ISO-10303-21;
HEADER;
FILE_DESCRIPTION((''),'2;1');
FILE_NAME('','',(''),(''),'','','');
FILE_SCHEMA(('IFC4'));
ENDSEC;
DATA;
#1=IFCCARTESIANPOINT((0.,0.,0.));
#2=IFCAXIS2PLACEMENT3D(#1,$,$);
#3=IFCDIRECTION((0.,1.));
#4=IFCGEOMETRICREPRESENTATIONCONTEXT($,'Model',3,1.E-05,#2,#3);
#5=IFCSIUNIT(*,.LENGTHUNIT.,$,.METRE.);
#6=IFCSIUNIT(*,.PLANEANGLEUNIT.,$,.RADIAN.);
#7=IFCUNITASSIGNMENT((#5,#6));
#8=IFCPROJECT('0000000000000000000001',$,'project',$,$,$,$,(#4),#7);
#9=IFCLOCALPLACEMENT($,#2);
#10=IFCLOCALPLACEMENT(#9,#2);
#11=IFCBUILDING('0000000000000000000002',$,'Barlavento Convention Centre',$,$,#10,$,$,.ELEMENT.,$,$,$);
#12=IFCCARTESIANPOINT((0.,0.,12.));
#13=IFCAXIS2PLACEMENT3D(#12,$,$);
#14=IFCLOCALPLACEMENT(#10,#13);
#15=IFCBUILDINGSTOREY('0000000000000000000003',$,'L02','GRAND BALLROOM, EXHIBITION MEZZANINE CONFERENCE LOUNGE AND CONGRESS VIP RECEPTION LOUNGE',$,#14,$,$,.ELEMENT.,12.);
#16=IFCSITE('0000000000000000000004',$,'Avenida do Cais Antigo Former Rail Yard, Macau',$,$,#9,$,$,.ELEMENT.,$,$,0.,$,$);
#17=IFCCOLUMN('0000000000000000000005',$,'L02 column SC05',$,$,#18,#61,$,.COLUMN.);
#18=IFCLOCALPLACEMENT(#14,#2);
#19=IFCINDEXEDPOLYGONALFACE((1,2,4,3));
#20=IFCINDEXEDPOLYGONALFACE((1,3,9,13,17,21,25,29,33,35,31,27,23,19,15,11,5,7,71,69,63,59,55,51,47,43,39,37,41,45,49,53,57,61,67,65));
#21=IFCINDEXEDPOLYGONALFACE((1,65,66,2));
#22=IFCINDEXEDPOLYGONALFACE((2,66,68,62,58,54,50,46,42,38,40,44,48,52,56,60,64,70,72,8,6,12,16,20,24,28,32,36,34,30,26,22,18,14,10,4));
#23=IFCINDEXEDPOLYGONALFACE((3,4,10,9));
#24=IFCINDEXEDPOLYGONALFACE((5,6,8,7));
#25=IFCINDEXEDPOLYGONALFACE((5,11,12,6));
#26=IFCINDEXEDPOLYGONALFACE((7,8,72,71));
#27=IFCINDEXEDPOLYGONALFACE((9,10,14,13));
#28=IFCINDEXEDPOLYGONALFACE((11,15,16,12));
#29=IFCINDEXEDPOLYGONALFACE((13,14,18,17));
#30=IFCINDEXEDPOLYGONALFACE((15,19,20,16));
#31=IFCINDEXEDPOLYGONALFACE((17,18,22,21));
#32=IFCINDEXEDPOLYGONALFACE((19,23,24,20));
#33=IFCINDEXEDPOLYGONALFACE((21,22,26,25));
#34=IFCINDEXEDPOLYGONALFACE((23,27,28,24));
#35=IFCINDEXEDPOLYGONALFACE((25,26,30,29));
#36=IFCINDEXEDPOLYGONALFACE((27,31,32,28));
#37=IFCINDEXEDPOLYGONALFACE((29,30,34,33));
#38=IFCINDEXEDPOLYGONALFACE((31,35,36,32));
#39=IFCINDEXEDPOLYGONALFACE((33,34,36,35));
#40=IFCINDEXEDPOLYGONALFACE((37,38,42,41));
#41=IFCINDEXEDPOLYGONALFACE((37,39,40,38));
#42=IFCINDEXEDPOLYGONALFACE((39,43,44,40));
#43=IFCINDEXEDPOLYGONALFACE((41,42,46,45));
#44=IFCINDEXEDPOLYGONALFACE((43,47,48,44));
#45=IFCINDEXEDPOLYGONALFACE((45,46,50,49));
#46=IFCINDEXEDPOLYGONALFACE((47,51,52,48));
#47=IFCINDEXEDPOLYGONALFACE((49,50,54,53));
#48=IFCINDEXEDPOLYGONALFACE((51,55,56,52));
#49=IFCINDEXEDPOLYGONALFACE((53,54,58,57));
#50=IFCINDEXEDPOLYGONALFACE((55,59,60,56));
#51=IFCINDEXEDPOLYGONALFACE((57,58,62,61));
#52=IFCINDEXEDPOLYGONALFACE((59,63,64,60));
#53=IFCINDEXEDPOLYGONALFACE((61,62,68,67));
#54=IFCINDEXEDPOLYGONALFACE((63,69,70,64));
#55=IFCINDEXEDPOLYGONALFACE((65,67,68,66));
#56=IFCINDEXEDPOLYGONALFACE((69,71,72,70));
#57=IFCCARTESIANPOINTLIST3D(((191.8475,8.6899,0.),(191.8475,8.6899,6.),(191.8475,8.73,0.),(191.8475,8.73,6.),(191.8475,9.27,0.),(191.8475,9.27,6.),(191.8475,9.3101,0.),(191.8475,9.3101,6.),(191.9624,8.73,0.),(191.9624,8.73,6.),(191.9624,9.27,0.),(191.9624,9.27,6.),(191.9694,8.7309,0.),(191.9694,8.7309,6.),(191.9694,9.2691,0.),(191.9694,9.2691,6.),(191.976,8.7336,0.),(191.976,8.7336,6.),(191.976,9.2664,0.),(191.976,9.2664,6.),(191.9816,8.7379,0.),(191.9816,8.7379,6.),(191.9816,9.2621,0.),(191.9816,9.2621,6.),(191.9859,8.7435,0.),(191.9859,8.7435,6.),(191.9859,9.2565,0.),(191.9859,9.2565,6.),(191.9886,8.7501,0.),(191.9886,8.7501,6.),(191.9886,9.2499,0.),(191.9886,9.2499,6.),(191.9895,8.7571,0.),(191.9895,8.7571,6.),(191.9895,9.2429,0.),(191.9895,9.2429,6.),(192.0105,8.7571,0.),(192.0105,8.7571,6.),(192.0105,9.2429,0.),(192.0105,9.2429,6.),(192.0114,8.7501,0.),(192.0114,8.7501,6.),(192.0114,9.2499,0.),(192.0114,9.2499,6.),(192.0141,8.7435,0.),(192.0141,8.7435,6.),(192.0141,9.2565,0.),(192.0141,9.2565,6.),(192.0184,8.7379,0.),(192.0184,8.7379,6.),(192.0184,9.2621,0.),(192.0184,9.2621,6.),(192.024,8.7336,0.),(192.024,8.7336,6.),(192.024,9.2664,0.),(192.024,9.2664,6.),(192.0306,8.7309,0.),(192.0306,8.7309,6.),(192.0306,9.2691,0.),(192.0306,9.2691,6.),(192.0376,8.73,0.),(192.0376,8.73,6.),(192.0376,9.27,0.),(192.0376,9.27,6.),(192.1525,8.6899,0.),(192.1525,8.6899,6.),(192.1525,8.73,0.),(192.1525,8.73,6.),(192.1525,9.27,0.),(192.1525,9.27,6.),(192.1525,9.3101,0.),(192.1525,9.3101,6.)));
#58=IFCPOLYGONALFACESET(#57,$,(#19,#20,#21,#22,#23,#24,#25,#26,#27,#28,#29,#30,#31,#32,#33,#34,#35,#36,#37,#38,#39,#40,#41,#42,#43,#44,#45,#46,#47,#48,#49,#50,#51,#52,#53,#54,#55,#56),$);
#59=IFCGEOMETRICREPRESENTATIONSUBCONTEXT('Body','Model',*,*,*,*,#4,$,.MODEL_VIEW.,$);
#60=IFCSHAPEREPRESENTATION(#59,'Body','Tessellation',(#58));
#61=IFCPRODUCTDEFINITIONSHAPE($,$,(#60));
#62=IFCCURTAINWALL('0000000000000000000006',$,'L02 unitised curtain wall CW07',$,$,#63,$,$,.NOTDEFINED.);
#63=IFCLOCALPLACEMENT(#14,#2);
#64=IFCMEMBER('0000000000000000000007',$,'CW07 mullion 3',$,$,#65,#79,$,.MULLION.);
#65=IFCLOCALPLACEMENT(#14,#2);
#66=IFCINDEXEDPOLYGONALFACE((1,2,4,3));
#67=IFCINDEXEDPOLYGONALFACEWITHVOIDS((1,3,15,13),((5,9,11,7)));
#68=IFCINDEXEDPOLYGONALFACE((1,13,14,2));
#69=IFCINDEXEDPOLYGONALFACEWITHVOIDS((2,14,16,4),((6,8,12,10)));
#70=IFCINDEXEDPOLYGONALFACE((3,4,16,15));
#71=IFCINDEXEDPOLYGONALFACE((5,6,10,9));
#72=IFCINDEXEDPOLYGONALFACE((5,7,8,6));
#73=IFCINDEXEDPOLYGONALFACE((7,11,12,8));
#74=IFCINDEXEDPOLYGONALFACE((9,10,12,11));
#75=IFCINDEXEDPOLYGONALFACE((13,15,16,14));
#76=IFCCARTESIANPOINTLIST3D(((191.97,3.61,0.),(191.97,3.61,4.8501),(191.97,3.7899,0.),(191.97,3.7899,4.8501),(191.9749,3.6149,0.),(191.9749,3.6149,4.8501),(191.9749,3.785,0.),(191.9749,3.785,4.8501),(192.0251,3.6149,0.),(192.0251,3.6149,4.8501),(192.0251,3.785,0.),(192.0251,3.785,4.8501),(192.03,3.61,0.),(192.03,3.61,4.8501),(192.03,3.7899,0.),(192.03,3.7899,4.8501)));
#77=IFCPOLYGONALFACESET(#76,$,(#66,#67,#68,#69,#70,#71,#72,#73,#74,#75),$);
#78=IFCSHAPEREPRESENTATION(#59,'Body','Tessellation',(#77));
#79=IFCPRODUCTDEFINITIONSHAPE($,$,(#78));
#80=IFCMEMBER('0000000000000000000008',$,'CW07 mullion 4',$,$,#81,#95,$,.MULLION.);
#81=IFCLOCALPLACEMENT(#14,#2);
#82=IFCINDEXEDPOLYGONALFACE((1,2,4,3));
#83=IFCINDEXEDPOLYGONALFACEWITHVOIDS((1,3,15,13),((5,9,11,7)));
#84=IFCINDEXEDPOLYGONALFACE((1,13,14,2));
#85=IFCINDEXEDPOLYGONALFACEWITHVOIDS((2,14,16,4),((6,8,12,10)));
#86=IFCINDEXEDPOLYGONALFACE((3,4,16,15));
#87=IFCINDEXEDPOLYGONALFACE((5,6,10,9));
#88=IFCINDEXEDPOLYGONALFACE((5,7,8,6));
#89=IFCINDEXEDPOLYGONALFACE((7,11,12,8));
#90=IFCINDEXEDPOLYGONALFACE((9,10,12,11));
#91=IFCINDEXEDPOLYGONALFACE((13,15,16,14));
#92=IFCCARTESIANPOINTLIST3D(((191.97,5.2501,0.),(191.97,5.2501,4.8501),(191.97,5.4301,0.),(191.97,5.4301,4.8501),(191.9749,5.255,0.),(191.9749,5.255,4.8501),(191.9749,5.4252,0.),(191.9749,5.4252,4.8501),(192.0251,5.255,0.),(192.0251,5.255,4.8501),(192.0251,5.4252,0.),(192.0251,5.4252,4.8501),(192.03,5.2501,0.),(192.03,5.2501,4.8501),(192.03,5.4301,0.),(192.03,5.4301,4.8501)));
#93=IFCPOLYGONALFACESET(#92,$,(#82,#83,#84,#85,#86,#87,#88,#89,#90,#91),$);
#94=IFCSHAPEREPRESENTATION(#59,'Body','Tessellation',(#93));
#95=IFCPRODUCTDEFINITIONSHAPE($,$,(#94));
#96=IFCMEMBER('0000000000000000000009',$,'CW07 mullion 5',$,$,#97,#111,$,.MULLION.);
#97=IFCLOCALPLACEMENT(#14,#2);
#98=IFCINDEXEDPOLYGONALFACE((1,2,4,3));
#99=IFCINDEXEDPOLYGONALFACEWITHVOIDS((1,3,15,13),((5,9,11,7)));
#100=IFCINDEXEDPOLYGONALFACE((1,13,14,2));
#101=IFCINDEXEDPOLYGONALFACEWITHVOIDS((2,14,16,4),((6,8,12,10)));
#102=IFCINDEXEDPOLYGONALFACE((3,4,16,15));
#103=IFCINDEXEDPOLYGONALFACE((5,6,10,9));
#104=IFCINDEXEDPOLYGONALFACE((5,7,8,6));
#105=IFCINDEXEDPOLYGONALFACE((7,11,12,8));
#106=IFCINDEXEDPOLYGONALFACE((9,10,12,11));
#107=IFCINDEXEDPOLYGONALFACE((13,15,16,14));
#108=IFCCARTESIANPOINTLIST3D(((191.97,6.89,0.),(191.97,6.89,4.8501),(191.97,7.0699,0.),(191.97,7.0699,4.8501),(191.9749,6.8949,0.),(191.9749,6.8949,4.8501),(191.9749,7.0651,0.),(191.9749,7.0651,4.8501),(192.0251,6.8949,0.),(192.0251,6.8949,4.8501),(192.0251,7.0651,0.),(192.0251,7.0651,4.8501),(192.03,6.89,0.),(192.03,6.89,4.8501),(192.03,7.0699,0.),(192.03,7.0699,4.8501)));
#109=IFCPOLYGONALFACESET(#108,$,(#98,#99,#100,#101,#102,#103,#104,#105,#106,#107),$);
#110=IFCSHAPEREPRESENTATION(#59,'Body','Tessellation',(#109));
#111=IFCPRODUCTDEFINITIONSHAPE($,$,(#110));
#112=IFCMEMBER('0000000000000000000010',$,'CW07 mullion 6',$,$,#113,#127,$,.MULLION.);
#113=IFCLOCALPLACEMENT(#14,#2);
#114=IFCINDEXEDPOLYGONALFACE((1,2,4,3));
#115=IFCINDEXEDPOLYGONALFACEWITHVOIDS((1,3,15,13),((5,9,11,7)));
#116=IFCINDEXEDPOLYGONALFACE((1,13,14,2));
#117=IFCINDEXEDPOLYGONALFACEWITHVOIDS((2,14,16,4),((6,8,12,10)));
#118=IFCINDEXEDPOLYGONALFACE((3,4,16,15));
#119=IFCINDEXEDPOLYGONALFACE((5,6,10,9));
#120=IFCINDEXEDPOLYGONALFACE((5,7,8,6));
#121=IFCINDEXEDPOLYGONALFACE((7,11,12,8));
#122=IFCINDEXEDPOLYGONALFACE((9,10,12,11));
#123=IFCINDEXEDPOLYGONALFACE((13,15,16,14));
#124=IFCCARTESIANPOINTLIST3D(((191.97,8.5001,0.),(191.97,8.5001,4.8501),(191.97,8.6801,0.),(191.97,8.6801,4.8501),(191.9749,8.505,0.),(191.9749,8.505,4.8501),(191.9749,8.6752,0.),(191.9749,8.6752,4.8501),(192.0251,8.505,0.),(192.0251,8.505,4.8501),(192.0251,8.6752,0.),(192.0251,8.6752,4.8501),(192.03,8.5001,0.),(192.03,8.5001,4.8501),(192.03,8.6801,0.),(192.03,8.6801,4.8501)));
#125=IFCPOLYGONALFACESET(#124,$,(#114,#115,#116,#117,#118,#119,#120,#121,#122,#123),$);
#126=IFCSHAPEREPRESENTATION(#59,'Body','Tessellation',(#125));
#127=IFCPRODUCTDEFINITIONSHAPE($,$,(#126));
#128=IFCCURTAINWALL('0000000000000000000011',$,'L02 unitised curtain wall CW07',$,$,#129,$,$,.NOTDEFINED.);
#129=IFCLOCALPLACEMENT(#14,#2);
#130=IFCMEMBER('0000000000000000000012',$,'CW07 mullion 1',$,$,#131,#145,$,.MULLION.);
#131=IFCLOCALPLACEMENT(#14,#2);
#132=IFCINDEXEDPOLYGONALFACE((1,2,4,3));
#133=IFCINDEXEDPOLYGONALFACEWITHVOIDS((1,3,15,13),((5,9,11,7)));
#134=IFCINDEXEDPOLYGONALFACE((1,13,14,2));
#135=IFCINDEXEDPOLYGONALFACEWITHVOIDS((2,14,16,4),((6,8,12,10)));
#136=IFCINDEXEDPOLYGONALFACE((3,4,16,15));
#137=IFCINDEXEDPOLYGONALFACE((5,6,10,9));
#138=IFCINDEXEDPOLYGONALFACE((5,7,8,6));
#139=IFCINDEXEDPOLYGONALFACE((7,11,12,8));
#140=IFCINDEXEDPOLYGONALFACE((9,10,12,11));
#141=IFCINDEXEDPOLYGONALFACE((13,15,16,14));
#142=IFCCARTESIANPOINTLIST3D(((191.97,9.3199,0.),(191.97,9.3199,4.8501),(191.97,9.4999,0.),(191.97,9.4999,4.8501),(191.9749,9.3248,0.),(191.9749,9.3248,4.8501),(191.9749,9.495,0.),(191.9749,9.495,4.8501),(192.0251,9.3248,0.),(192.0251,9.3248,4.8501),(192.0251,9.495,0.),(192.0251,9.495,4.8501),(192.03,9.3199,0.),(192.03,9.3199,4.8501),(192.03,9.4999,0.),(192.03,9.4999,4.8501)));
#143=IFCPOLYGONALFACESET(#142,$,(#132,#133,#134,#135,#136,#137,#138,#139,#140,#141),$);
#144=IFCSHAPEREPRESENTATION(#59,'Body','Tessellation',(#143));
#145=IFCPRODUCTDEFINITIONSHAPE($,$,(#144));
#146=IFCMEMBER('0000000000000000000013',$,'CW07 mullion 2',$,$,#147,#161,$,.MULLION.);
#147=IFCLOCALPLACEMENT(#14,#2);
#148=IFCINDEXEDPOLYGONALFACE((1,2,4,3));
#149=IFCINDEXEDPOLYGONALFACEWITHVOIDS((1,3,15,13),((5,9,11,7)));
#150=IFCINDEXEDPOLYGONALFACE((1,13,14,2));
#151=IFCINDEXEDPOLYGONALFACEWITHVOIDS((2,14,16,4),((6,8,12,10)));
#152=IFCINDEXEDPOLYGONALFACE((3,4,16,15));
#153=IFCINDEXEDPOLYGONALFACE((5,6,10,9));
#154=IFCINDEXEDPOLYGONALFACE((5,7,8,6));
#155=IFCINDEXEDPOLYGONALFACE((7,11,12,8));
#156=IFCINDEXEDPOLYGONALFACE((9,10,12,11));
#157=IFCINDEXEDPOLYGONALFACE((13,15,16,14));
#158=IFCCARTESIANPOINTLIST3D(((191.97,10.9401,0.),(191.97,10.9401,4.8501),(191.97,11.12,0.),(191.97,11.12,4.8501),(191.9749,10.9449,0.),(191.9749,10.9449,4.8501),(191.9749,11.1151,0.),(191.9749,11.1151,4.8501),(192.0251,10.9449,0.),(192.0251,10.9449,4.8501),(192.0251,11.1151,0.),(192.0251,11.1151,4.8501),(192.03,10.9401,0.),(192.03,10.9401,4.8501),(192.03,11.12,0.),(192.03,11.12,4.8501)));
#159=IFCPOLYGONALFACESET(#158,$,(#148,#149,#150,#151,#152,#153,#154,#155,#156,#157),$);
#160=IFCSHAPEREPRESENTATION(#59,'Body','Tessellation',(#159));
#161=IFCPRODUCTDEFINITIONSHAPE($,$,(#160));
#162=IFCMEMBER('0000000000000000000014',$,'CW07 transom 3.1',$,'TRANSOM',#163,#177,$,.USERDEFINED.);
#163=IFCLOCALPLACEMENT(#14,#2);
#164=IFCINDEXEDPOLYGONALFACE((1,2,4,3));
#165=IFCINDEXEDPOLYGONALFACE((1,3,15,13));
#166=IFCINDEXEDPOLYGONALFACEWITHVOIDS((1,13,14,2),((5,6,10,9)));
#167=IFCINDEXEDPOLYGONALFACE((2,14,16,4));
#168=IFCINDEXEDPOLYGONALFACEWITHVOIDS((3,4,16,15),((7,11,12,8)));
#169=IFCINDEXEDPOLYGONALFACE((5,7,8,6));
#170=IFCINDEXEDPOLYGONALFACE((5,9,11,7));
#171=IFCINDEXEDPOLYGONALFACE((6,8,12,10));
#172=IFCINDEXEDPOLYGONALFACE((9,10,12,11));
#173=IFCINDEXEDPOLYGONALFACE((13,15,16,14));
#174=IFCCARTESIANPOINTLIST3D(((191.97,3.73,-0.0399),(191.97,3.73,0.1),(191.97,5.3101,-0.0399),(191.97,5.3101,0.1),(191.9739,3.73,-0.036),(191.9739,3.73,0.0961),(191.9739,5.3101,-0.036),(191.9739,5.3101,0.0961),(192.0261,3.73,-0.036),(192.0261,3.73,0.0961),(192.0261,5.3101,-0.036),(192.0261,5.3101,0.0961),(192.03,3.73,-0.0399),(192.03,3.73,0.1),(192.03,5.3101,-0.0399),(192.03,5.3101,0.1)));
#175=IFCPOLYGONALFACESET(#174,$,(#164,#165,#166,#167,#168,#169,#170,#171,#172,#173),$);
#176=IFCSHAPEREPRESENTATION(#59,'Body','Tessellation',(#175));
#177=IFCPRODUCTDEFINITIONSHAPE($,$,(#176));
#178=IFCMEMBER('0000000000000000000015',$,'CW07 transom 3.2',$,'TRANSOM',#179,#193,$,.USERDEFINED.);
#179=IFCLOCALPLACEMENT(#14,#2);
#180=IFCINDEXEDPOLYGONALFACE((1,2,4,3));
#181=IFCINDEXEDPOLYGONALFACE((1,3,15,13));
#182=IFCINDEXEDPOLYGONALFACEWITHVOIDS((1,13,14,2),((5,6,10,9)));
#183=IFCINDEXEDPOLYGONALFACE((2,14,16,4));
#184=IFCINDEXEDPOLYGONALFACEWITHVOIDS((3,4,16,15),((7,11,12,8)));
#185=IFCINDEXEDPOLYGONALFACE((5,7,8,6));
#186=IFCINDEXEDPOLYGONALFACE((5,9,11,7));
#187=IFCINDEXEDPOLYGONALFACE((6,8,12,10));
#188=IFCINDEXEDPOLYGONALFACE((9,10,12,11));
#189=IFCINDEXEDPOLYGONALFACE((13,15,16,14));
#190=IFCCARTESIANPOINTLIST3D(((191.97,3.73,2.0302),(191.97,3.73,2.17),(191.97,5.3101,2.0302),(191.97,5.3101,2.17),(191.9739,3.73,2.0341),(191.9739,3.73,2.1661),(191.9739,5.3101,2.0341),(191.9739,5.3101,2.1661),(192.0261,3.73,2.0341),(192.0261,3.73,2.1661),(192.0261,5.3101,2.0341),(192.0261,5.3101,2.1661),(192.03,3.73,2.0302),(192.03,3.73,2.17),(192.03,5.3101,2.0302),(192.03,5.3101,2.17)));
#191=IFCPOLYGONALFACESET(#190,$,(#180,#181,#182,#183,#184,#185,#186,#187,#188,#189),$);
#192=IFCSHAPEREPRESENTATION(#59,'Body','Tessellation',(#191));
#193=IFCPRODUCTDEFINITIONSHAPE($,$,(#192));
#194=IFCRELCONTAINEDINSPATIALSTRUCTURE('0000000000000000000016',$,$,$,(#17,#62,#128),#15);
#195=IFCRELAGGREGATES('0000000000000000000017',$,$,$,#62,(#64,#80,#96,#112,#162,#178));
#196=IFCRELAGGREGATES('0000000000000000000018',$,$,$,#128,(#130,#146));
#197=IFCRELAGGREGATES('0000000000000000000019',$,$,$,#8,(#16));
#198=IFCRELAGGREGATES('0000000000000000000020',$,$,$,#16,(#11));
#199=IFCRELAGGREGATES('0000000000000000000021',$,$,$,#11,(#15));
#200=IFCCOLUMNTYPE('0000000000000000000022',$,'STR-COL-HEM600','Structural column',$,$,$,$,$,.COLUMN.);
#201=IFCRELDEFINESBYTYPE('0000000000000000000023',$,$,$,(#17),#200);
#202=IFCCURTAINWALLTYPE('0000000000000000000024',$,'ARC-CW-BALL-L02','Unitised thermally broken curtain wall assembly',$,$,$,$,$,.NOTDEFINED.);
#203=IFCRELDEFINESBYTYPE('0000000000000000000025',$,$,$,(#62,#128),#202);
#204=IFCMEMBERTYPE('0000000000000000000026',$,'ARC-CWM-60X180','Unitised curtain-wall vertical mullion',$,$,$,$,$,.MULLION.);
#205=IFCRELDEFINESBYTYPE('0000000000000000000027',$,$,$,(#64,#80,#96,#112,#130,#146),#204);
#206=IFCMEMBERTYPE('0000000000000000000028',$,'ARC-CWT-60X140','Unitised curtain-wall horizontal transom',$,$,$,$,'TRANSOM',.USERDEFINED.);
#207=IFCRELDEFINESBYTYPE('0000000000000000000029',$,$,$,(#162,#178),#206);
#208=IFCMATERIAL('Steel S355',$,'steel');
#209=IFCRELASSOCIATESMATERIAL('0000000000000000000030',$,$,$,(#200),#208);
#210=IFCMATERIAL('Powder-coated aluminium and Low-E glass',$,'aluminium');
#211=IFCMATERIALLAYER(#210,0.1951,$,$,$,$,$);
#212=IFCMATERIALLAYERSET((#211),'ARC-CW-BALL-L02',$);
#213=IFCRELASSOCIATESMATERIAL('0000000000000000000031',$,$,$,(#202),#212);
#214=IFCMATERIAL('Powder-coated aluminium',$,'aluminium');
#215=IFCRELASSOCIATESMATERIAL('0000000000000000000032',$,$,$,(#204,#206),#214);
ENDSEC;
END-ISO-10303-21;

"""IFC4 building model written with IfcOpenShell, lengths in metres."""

from ifc_helpers import new_model, si_unit, direction, frame, origin, origin_2d, place, context, subcontext, project, spatial, hollow_rectangle, i_section, extrude, material, layer, layer_set, material_profile, profile_set, type_object, element, aggregate, save


model = new_model("IFC4")

# Units and contexts
model_context = context("Model", 3, precision=1e-05, world=origin(), true_north=direction((0.0, 1.0)))
body_context = subcontext(model_context, "Body", "Model", "MODEL_VIEW")
ifc_project = project(units=[si_unit("LENGTHUNIT", "METRE"), si_unit("PLANEANGLEUNIT", "RADIAN")], contexts=[model_context])

# Site, building, storey
site_placement = place(None, origin())
site = spatial("IfcSite", under=ifc_project, at=site_placement, Name="Avenida do Cais Antigo Former Rail Yard, Macau", CompositionType="ELEMENT", RefElevation=0.0)
building_placement = place(site_placement, origin())
building = spatial("IfcBuilding", under=site, at=building_placement, Name="Barlavento Convention Centre", CompositionType="ELEMENT")
storey_placement = place(building_placement, frame((0.0, 0.0, 12.0)))
storey = spatial("IfcBuildingStorey", under=building, at=storey_placement, Name="L02", Description="GRAND BALLROOM, EXHIBITION MEZZANINE CONFERENCE LOUNGE AND CONGRESS VIP RECEPTION LOUNGE", CompositionType="ELEMENT", Elevation=12.0)

# Column
ifc_material_1 = material(Name="Steel S355", Category="steel")
ifc_material_profile_1 = material_profile(ifc_material_1, i_section(OverallWidth=0.3049, OverallDepth=0.6201, WebThickness=0.021, FlangeThickness=0.04, FilletRadius=0.0271, at=origin_2d()), Name="HEM 600")
ifc_profile_set_1 = profile_set([ifc_material_profile_1], Name="Steel S355")
column_type = type_object("IfcColumnType", Name="STR-COL-HEM600", Description="Structural column", PredefinedType="COLUMN", material=ifc_profile_set_1)
column_placement = place(storey_placement, frame((192.0, 9.0, 0.0), z_axis=(0.0, 0.0, 1.0), x_axis=(1.0, 0.0, 0.0)))
element("IfcColumn", 1, at=column_placement, inside=storey, type_object=column_type, Name="L02 column SC05", PredefinedType="COLUMN", context=body_context, shape_type="SweptSolid", body=[
    extrude(i_section(OverallWidth=0.3049, OverallDepth=0.6201, WebThickness=0.021, FlangeThickness=0.04, FilletRadius=0.0271, at=origin_2d()), origin(), (0.0, 0.0, 1.0), 6.0),
])

# Curtain walls, members
ifc_material_2 = material(Name="Powder-coated aluminium and Low-E glass", Category="aluminium")
ifc_layer_1 = layer(ifc_material_2, 0.1951)
ifc_layer_set_1 = layer_set([ifc_layer_1], Name="ARC-CW-BALL-L02")
curtain_wall_type = type_object("IfcCurtainWallType", Name="ARC-CW-BALL-L02", Description="Unitised thermally broken curtain wall assembly", PredefinedType="NOTDEFINED", material=ifc_layer_set_1)
curtain_wall_1_placement = place(storey_placement, origin())
curtain_wall_1 = element("IfcCurtainWall", 2, at=curtain_wall_1_placement, inside=storey, type_object=curtain_wall_type, Name="L02 unitised curtain wall CW07", PredefinedType="NOTDEFINED")
ifc_material_3 = material(Name="Powder-coated aluminium", Category="aluminium")
ifc_material_profile_2 = material_profile(ifc_material_3, hollow_rectangle(XDim=0.0601, YDim=0.1799, WallThickness=0.0049, at=origin_2d()), Name="AL-MULL 60x180x5")
ifc_profile_set_2 = profile_set([ifc_material_profile_2], Name="Powder-coated aluminium")
member_type_1 = type_object("IfcMemberType", Name="ARC-CWM-60X180", Description="Unitised curtain-wall vertical mullion", PredefinedType="MULLION", material=ifc_profile_set_2)
member_1_placement = place(storey_placement, frame((192.0, 3.7, 0.0), z_axis=(0.0, 0.0, 1.0), x_axis=(-1.0, 0.0, 0.0)))
member_1 = element("IfcMember", 3, at=member_1_placement, type_object=member_type_1, Name="CW07 mullion 3", PredefinedType="MULLION", context=body_context, shape_type="SweptSolid", body=[
    extrude(hollow_rectangle(XDim=0.0601, YDim=0.1799, WallThickness=0.0049, at=origin_2d()), origin(), (0.0, 0.0, 1.0), 4.8501),
])
member_2_placement = place(storey_placement, frame((192.0, 5.3401, 0.0), z_axis=(0.0, 0.0, 1.0), x_axis=(-1.0, 0.0, 0.0)))
member_2 = element("IfcMember", 4, at=member_2_placement, type_object=member_type_1, Name="CW07 mullion 4", PredefinedType="MULLION", context=body_context, shape_type="SweptSolid", body=[
    extrude(hollow_rectangle(XDim=0.0601, YDim=0.1799, WallThickness=0.0049, at=origin_2d()), origin(), (0.0, 0.0, 1.0), 4.8501),
])
member_3_placement = place(storey_placement, frame((192.0, 6.98, 0.0), z_axis=(0.0, 0.0, 1.0), x_axis=(-1.0, 0.0, 0.0)))
member_3 = element("IfcMember", 5, at=member_3_placement, type_object=member_type_1, Name="CW07 mullion 5", PredefinedType="MULLION", context=body_context, shape_type="SweptSolid", body=[
    extrude(hollow_rectangle(XDim=0.0601, YDim=0.1799, WallThickness=0.0049, at=origin_2d()), origin(), (0.0, 0.0, 1.0), 4.8501),
])
member_4_placement = place(storey_placement, frame((192.0, 8.5901, 0.0), z_axis=(0.0, 0.0, 1.0), x_axis=(-1.0, 0.0, 0.0)))
member_4 = element("IfcMember", 6, at=member_4_placement, type_object=member_type_1, Name="CW07 mullion 6", PredefinedType="MULLION", context=body_context, shape_type="SweptSolid", body=[
    extrude(hollow_rectangle(XDim=0.0601, YDim=0.1799, WallThickness=0.0049, at=origin_2d()), origin(), (0.0, 0.0, 1.0), 4.8501),
])
curtain_wall_2_placement = place(storey_placement, origin())
curtain_wall_2 = element("IfcCurtainWall", 7, at=curtain_wall_2_placement, inside=storey, type_object=curtain_wall_type, Name="L02 unitised curtain wall CW07", PredefinedType="NOTDEFINED")
member_5_placement = place(storey_placement, frame((192.0, 9.4099, 0.0), z_axis=(0.0, 0.0, 1.0), x_axis=(-1.0, 0.0, 0.0)))
member_5 = element("IfcMember", 8, at=member_5_placement, type_object=member_type_1, Name="CW07 mullion 1", PredefinedType="MULLION", context=body_context, shape_type="SweptSolid", body=[
    extrude(hollow_rectangle(XDim=0.0601, YDim=0.1799, WallThickness=0.0049, at=origin_2d()), origin(), (0.0, 0.0, 1.0), 4.8501),
])
member_6_placement = place(storey_placement, frame((192.0, 11.03, 0.0), z_axis=(0.0, 0.0, 1.0), x_axis=(-1.0, 0.0, 0.0)))
member_6 = element("IfcMember", 9, at=member_6_placement, type_object=member_type_1, Name="CW07 mullion 2", PredefinedType="MULLION", context=body_context, shape_type="SweptSolid", body=[
    extrude(hollow_rectangle(XDim=0.0601, YDim=0.1799, WallThickness=0.0049, at=origin_2d()), origin(), (0.0, 0.0, 1.0), 4.8501),
])

# Members
ifc_material_profile_3 = material_profile(ifc_material_3, hollow_rectangle(XDim=0.0601, YDim=0.1399, WallThickness=0.0039, at=origin_2d()), Name="AL-TRAN 60x140x4")
ifc_profile_set_3 = profile_set([ifc_material_profile_3], Name="Powder-coated aluminium")
member_type_2 = type_object("IfcMemberType", Name="ARC-CWT-60X140", Description="Unitised curtain-wall horizontal transom", ElementType="TRANSOM", PredefinedType="USERDEFINED", material=ifc_profile_set_3)
member_7_placement = place(storey_placement, frame((192.0, 3.73, 0.03), z_axis=(0.0, 1.0, 0.0), x_axis=(-1.0, 0.0, 0.0)))
member_7 = element("IfcMember", 10, at=member_7_placement, type_object=member_type_2, Name="CW07 transom 3.1", ObjectType="TRANSOM", PredefinedType="USERDEFINED", context=body_context, shape_type="SweptSolid", body=[
    extrude(hollow_rectangle(XDim=0.0601, YDim=0.1399, WallThickness=0.0039, at=origin_2d()), origin(), (0.0, 0.0, 1.0), 1.5801),
])
member_8_placement = place(storey_placement, frame((192.0, 3.73, 2.1001), z_axis=(0.0, 1.0, 0.0), x_axis=(-1.0, 0.0, 0.0)))
member_8 = element("IfcMember", 11, at=member_8_placement, type_object=member_type_2, Name="CW07 transom 3.2", ObjectType="TRANSOM", PredefinedType="USERDEFINED", context=body_context, shape_type="SweptSolid", body=[
    extrude(hollow_rectangle(XDim=0.0601, YDim=0.1399, WallThickness=0.0039, at=origin_2d()), origin(), (0.0, 0.0, 1.0), 1.5801),
])

aggregate(curtain_wall_1, [member_1, member_2, member_3, member_4, member_7, member_8])
aggregate(curtain_wall_2, [member_5, member_6])

save(model, "model.ifc")
